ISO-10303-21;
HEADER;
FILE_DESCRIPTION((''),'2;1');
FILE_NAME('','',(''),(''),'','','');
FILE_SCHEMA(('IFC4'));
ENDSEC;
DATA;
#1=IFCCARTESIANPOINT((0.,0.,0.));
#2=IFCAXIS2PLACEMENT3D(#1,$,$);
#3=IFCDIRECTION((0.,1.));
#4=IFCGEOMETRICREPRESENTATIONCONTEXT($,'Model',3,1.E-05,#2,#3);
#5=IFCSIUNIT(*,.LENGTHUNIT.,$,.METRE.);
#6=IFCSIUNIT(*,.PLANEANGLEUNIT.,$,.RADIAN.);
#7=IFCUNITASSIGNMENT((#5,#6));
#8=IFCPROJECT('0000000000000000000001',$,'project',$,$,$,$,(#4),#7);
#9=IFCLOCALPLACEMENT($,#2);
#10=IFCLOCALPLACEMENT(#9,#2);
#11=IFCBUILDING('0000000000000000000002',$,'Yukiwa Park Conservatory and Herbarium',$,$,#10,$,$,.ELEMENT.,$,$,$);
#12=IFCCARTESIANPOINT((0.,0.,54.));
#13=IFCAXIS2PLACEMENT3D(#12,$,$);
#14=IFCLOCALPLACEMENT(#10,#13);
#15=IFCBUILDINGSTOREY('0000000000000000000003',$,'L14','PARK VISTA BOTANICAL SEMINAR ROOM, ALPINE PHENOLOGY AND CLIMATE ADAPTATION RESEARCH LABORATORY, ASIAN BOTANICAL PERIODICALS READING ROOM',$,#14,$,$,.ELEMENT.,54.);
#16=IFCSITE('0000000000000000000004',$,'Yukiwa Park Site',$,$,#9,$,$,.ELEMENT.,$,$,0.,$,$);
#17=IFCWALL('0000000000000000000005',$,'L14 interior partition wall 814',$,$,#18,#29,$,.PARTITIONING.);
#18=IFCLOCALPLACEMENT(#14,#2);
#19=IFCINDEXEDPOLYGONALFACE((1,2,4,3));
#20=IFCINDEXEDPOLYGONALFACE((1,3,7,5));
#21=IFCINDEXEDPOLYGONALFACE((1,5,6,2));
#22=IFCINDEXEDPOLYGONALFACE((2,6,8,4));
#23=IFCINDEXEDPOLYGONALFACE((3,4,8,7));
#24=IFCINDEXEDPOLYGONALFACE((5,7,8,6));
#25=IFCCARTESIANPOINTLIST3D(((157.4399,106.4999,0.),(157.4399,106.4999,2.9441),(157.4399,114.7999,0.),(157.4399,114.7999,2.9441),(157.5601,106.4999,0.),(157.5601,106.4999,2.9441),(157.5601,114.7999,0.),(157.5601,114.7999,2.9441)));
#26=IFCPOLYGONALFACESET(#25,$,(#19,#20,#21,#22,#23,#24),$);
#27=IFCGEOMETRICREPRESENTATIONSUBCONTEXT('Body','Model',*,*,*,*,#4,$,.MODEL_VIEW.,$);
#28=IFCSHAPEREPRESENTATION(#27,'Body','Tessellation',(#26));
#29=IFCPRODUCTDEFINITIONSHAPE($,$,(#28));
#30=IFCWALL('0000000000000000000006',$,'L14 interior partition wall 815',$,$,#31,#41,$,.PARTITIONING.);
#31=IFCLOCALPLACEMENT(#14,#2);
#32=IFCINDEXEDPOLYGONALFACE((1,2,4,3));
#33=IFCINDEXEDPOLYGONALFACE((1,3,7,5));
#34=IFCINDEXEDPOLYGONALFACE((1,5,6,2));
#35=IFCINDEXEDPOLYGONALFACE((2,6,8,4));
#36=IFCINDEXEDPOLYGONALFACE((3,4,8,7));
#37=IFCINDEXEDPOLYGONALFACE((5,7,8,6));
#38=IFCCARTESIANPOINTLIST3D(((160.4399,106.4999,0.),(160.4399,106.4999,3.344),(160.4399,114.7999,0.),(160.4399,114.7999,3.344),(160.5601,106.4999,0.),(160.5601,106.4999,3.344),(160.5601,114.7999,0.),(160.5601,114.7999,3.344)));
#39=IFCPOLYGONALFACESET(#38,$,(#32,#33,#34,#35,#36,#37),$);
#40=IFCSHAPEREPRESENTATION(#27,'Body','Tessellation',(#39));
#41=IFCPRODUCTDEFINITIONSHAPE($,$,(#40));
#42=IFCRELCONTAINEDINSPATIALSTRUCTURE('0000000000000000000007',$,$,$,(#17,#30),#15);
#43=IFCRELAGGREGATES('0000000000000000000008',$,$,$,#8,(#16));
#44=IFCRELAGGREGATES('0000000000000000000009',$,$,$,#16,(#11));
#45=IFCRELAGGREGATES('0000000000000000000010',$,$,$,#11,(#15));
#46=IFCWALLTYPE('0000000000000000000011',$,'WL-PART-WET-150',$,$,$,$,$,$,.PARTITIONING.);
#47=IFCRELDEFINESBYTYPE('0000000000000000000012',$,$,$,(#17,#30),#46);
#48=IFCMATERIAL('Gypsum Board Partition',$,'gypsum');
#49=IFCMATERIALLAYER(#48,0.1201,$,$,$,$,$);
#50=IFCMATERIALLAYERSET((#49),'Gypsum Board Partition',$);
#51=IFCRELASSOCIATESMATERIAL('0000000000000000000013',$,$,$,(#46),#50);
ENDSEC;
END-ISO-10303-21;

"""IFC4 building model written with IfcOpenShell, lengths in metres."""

from ifc_helpers import new_model, si_unit, direction, frame, frame_2d, origin, place, context, subcontext, project, spatial, rectangle, extrude, material, layer, layer_set, type_object, element, save


model = new_model("IFC4")

# Units and contexts
model_context = context("Model", 3, precision=1e-05, world=origin(), true_north=direction((0.0, 1.0)))
body_context = subcontext(model_context, "Body", "Model", "MODEL_VIEW")
ifc_project = project(units=[si_unit("LENGTHUNIT", "METRE"), si_unit("PLANEANGLEUNIT", "RADIAN")], contexts=[model_context])

# Site, building, storey
site_placement = place(None, origin())
site = spatial("IfcSite", under=ifc_project, at=site_placement, Name="Yukiwa Park Site", CompositionType="ELEMENT", RefElevation=0.0)
building_placement = place(site_placement, origin())
building = spatial("IfcBuilding", under=site, at=building_placement, Name="Yukiwa Park Conservatory and Herbarium", CompositionType="ELEMENT")
storey_placement = place(building_placement, frame((0.0, 0.0, 54.0)))
storey = spatial("IfcBuildingStorey", under=building, at=storey_placement, Name="L14", Description="PARK VISTA BOTANICAL SEMINAR ROOM, ALPINE PHENOLOGY AND CLIMATE ADAPTATION RESEARCH LABORATORY, ASIAN BOTANICAL PERIODICALS READING ROOM", CompositionType="ELEMENT", Elevation=54.0)

# Shared definitions
ifc_material_1 = material(Name="Gypsum Board Partition", Category="gypsum")
ifc_layer_1 = layer(ifc_material_1, 0.1201)
ifc_layer_set_1 = layer_set([ifc_layer_1], Name="Gypsum Board Partition")
wall_type_1 = type_object("IfcWallType", Name="WL-PART-WET-150", PredefinedType="PARTITIONING", material=ifc_layer_set_1)

# Walls
for number, where, z_axis, x_axis, name in (
    (1, (157.5, 106.5, 0.0), (0.0, 0.0, 1.0), (0.0, 1.0, 0.0), "L14 interior partition wall 814"),
):
    element("IfcWall", number, at=place(storey_placement, frame(where, z_axis=z_axis, x_axis=x_axis)), inside=storey, type_object=wall_type_1, Name=name, PredefinedType="PARTITIONING", context=body_context, shape_type="SweptSolid", body=[
        extrude(rectangle(XDim=8.3, YDim=0.1201, at=frame_2d((4.1499, 0.0))), origin(), (0.0, 0.0, 1.0), 2.9441),
    ])
wall_1_placement = place(storey_placement, frame((160.5, 106.5, 0.0), z_axis=(0.0, 0.0, 1.0), x_axis=(0.0, 1.0, 0.0)))
element("IfcWall", 2, at=wall_1_placement, inside=storey, type_object=wall_type_1, Name="L14 interior partition wall 815", PredefinedType="PARTITIONING", context=body_context, shape_type="SweptSolid", body=[
    extrude(rectangle(XDim=8.3, YDim=0.1201, at=frame_2d((4.1499, 0.0))), origin(), (0.0, 0.0, 1.0), 3.344),
])

save(model, "model.ifc")
